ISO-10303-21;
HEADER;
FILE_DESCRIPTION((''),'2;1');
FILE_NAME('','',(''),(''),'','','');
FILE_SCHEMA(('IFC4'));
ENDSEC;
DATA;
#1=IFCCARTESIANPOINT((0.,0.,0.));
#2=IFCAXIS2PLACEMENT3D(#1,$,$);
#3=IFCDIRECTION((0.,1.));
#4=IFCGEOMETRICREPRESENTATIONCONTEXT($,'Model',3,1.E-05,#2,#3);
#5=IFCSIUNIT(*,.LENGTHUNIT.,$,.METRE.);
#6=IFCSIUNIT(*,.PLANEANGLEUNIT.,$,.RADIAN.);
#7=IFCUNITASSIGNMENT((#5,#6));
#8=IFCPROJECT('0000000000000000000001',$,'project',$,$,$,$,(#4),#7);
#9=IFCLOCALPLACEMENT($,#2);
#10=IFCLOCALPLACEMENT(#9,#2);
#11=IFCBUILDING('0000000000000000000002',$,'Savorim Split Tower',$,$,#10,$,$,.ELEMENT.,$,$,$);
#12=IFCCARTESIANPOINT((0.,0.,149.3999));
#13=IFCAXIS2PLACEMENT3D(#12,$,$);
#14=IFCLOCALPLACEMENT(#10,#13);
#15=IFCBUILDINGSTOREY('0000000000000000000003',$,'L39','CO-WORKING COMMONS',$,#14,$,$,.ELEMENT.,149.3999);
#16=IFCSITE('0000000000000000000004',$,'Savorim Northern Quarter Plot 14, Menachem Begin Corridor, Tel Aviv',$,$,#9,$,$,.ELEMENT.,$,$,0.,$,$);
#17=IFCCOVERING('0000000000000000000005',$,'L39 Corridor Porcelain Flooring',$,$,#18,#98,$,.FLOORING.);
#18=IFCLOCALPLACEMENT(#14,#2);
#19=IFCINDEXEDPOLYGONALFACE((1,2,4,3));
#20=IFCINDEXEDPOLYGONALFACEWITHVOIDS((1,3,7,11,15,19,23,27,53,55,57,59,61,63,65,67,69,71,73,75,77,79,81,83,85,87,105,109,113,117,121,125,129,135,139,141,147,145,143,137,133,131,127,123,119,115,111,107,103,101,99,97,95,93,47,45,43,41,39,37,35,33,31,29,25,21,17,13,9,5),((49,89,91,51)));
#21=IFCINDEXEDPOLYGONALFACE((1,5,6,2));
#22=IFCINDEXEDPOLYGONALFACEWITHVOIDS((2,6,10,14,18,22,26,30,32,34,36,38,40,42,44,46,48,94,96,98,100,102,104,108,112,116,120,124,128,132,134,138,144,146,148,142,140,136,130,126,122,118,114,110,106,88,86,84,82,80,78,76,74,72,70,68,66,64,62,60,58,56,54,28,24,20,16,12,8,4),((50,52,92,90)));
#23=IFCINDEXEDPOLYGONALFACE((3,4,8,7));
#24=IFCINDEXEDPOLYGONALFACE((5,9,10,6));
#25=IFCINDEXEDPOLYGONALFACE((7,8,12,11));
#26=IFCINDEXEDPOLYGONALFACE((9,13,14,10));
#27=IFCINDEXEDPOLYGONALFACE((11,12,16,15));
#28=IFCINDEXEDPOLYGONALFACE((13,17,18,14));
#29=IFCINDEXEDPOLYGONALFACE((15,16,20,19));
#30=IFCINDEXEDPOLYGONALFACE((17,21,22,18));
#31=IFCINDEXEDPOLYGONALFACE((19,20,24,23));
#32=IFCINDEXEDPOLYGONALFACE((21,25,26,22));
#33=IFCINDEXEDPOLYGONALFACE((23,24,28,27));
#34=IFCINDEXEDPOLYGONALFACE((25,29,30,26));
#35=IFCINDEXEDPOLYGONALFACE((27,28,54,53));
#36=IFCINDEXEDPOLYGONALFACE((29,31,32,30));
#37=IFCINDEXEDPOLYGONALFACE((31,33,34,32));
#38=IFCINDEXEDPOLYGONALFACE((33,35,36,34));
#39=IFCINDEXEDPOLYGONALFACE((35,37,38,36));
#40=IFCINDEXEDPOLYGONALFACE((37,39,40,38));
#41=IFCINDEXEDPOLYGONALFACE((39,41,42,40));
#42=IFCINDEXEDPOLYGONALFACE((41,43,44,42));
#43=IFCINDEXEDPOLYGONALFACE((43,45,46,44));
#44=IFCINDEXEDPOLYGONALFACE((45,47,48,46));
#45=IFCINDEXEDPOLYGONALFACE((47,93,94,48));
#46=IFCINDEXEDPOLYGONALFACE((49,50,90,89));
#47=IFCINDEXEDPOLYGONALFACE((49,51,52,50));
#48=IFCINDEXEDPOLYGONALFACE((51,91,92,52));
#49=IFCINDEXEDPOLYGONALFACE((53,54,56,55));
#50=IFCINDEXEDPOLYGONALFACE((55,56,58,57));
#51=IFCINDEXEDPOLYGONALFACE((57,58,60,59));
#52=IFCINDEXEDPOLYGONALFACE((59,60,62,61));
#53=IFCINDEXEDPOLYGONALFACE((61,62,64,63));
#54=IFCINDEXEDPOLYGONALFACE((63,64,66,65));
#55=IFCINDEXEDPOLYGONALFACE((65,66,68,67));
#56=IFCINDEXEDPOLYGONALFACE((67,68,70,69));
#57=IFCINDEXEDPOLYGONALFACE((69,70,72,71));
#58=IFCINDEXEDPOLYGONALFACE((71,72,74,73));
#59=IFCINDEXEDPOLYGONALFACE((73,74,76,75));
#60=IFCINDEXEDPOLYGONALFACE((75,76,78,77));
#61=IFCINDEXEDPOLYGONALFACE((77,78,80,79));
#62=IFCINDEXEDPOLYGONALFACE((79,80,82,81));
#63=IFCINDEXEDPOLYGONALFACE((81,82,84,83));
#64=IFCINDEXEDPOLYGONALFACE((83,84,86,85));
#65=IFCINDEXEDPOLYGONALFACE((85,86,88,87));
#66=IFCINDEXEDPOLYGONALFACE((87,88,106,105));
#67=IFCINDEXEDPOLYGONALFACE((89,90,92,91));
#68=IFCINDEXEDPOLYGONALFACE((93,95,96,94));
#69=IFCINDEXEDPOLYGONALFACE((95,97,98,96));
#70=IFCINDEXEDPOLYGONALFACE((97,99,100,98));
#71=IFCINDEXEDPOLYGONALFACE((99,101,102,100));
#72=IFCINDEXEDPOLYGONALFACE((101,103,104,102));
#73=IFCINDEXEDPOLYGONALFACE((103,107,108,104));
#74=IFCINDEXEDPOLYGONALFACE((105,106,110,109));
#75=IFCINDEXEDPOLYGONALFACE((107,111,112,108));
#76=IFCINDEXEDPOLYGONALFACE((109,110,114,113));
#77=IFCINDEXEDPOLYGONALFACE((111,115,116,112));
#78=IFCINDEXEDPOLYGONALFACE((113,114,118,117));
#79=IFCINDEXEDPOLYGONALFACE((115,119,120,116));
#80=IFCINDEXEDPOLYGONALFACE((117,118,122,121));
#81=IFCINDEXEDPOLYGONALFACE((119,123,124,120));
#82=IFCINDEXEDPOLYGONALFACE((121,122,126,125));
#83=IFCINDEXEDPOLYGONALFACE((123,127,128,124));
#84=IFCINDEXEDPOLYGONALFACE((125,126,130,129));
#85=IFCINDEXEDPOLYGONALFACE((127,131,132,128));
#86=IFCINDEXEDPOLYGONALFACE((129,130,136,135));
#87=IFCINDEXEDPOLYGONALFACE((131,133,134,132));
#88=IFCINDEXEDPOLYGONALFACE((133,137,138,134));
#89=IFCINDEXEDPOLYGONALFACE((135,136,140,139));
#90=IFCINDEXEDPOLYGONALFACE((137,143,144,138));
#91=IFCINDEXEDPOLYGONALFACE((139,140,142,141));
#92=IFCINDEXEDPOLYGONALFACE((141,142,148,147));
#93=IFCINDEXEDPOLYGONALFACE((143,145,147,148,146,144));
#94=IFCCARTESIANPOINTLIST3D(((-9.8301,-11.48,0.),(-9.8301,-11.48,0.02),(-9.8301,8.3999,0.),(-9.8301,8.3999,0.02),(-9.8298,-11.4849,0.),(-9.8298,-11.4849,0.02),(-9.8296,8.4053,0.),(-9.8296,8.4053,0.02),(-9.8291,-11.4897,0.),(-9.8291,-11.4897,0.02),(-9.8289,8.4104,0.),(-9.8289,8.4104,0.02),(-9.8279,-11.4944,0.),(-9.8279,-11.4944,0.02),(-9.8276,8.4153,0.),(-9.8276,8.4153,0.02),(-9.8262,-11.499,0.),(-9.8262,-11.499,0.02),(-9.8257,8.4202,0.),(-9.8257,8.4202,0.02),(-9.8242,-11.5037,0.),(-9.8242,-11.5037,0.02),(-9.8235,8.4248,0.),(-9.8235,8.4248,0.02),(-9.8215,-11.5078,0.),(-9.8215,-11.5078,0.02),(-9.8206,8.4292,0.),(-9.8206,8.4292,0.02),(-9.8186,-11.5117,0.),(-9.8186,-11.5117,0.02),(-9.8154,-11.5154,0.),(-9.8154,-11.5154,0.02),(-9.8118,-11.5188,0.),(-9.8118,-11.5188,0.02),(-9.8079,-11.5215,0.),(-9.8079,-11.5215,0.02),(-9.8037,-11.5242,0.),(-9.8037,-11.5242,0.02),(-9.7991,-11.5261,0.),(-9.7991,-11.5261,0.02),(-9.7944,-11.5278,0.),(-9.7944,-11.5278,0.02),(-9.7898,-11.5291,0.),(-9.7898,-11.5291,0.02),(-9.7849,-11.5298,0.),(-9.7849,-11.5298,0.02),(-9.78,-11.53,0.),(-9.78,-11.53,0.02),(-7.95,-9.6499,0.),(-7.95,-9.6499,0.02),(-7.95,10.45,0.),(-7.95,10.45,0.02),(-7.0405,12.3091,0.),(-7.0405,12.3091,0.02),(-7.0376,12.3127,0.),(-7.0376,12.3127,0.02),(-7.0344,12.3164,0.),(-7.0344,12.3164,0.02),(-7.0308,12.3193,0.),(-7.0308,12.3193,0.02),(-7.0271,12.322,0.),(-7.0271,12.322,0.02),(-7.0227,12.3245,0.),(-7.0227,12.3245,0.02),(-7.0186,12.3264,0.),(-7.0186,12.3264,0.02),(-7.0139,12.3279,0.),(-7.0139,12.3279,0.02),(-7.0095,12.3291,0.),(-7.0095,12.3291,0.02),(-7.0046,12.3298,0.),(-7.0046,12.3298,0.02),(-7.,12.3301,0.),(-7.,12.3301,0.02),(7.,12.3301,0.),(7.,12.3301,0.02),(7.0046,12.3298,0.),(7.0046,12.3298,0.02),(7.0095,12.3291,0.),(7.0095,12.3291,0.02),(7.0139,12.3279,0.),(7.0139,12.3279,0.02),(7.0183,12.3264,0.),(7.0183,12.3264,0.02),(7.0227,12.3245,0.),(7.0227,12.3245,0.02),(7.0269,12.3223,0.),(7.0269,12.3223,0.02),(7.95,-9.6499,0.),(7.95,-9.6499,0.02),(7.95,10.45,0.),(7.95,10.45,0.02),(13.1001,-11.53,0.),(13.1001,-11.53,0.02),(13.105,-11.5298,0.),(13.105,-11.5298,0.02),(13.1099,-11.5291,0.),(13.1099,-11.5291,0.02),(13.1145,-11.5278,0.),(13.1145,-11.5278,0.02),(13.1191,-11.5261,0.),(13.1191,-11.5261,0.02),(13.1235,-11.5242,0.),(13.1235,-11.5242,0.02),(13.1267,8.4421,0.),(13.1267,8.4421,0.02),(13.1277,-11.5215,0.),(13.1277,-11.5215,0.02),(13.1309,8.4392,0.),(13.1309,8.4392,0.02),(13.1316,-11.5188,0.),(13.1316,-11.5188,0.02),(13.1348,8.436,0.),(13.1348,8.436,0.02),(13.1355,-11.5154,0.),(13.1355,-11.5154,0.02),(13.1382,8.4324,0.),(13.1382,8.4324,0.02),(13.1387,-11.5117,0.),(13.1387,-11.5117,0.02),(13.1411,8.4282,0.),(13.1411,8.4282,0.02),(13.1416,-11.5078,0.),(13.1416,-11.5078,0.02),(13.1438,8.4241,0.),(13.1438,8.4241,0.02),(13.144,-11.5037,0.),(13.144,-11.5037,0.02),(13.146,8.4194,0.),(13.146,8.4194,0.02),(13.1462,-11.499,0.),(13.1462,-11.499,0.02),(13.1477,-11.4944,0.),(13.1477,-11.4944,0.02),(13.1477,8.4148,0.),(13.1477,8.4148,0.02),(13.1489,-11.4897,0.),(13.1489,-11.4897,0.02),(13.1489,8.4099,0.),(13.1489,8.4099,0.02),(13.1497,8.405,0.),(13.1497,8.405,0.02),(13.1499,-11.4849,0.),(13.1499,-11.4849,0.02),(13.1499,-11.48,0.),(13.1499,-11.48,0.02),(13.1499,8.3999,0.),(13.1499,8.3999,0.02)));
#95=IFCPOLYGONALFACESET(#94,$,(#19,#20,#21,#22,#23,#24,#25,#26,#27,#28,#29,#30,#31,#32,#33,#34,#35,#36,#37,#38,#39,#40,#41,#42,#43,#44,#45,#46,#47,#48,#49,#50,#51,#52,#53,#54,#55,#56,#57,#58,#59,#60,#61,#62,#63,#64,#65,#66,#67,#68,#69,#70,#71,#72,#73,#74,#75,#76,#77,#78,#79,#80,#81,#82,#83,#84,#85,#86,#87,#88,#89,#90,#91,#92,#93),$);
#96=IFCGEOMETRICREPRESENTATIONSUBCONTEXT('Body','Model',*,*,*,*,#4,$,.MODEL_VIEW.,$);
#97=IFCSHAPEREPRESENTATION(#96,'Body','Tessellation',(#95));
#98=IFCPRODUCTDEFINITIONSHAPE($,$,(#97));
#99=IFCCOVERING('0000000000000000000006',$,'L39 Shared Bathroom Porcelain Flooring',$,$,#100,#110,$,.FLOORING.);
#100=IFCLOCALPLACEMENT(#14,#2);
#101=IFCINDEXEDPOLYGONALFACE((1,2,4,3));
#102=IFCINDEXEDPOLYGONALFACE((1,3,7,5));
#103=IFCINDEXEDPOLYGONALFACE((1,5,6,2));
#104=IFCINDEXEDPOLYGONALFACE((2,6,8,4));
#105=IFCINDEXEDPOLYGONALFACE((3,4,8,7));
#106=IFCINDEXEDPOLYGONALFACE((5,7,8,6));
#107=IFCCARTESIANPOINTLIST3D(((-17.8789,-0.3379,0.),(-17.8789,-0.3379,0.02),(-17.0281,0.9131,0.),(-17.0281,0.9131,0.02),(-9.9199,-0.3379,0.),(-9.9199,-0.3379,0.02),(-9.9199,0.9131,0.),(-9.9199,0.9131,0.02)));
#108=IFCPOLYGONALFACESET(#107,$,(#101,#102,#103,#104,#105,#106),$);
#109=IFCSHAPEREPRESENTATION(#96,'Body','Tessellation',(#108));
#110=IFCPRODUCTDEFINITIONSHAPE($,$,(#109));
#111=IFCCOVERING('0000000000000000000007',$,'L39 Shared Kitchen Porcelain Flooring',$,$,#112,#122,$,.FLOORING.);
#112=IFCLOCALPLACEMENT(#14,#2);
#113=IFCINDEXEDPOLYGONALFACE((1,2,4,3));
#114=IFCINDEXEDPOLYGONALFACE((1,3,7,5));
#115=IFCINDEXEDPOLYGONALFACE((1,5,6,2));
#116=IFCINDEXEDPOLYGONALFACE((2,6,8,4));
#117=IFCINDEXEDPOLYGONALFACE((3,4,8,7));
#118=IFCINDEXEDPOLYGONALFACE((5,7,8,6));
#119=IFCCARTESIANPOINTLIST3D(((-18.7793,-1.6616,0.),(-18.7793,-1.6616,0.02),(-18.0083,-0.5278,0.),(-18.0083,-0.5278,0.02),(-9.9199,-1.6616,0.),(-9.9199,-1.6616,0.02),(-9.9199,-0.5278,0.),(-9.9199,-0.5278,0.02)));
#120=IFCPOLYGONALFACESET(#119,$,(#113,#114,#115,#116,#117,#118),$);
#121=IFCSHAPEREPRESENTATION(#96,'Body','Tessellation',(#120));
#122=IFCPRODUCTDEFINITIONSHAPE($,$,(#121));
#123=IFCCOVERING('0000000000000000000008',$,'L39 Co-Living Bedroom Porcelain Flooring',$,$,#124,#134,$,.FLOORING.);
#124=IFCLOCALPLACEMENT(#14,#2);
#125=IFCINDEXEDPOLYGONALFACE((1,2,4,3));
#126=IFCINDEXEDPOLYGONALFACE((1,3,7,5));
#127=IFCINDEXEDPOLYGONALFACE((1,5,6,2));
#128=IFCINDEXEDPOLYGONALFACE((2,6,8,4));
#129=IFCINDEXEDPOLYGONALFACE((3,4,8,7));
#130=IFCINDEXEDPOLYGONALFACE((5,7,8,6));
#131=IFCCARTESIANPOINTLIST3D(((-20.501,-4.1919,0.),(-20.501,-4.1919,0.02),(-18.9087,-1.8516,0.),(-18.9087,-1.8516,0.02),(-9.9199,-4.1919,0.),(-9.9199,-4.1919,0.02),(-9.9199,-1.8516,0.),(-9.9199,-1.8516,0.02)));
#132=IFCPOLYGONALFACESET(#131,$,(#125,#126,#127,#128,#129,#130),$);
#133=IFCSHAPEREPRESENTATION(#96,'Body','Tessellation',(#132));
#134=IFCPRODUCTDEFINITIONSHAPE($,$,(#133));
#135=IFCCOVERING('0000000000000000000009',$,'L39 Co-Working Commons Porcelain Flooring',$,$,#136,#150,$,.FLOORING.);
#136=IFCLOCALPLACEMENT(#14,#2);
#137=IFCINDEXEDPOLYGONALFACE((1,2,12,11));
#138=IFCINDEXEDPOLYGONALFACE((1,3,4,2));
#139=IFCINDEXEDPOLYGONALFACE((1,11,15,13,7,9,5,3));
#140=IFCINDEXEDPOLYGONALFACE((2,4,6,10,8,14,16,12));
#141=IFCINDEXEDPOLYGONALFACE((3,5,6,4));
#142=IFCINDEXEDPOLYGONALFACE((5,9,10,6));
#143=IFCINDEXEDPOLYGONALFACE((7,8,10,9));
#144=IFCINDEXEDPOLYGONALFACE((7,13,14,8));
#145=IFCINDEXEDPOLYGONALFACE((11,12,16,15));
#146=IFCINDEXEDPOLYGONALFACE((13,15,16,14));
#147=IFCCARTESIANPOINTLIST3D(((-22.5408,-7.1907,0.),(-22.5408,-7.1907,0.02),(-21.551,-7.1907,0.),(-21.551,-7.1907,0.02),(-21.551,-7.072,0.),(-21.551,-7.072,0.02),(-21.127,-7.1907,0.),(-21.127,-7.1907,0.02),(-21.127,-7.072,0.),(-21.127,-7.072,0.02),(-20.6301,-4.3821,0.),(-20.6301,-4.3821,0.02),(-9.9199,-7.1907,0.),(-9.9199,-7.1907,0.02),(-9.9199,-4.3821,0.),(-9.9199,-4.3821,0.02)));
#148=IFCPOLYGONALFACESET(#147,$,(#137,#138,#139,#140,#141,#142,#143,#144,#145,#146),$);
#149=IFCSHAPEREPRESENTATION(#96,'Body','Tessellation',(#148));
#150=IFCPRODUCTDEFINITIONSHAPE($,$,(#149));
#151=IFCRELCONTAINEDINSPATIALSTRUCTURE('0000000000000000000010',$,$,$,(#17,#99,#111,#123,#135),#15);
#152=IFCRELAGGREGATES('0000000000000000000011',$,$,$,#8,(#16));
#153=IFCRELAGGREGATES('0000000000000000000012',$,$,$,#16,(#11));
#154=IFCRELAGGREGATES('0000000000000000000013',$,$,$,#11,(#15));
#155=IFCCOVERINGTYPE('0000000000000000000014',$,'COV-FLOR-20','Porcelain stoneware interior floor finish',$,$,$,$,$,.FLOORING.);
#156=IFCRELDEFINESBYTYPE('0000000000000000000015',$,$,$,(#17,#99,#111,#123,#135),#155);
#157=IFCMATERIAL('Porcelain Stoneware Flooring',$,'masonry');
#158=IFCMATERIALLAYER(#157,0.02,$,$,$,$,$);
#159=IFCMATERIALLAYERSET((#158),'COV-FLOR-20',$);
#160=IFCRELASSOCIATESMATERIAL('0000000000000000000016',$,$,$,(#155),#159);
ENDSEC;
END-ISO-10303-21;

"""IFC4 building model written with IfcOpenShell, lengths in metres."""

from ifc_helpers import new_model, si_unit, direction, frame, origin, place, context, subcontext, project, spatial, polyline, outline, extrude, material, layer, layer_set, type_object, element, save


model = new_model("IFC4")

# Units and contexts
model_context = context("Model", 3, precision=1e-05, world=origin(), true_north=direction((0.0, 1.0)))
body_context = subcontext(model_context, "Body", "Model", "MODEL_VIEW")
ifc_project = project(units=[si_unit("LENGTHUNIT", "METRE"), si_unit("PLANEANGLEUNIT", "RADIAN")], contexts=[model_context])

# Site, building, storey
site_placement = place(None, origin())
site = spatial("IfcSite", under=ifc_project, at=site_placement, Name="Savorim Northern Quarter Plot 14, Menachem Begin Corridor, Tel Aviv", CompositionType="ELEMENT", RefElevation=0.0)
building_placement = place(site_placement, origin())
building = spatial("IfcBuilding", under=site, at=building_placement, Name="Savorim Split Tower", CompositionType="ELEMENT")
storey_placement = place(building_placement, frame((0.0, 0.0, 149.3999)))
storey = spatial("IfcBuildingStorey", under=building, at=storey_placement, Name="L39", Description="CO-WORKING COMMONS", CompositionType="ELEMENT", Elevation=149.3999)

# Coverings
ifc_material_1 = material(Name="Porcelain Stoneware Flooring", Category="masonry")
ifc_layer_1 = layer(ifc_material_1, 0.02)
ifc_layer_set_1 = layer_set([ifc_layer_1], Name="COV-FLOR-20")
covering_type_1 = type_object("IfcCoveringType", Name="COV-FLOR-20", Description="Porcelain stoneware interior floor finish", PredefinedType="FLOORING", material=ifc_layer_set_1)
covering_1_placement = place(storey_placement, origin())
element("IfcCovering", 1, at=covering_1_placement, inside=storey, type_object=covering_type_1, Name="L39 Corridor Porcelain Flooring", PredefinedType="FLOORING", context=body_context, shape_type="SweptSolid", body=[
    extrude(outline(polyline([(7.0095, 12.3291), (7.0046, 12.3298), (7.0, 12.3301), (-7.0, 12.3301), (-7.0046, 12.3298), (-7.0095, 12.3291), (-7.0139, 12.3279), (-7.0186, 12.3264), (-7.0227, 12.3245), (-7.0271, 12.322), (-7.0308, 12.3193), (-7.0344, 12.3164), (-7.0376, 12.3127), (-7.0405, 12.3091), (-9.8206, 8.4292), (-9.8235, 8.4248), (-9.8257, 8.4202), (-9.8276, 8.4153), (-9.8289, 8.4104), (-9.8296, 8.4053), (-9.8301, 8.3999), (-9.8301, -11.48), (-9.8298, -11.4849), (-9.8291, -11.4897), (-9.8279, -11.4944), (-9.8262, -11.499), (-9.8242, -11.5037), (-9.8215, -11.5078), (-9.8186, -11.5117), (-9.8154, -11.5154), (-9.8118, -11.5188), (-9.8079, -11.5215), (-9.8037, -11.5242), (-9.7991, -11.5261), (-9.7944, -11.5278), (-9.7898, -11.5291), (-9.7849, -11.5298), (-9.78, -11.53), (13.1001, -11.53), (13.105, -11.5298), (13.1099, -11.5291), (13.1145, -11.5278), (13.1191, -11.5261), (13.1235, -11.5242), (13.1277, -11.5215), (13.1316, -11.5188), (13.1355, -11.5154), (13.1387, -11.5117), (13.1416, -11.5078), (13.144, -11.5037), (13.1462, -11.499), (13.1477, -11.4944), (13.1489, -11.4897), (13.1499, -11.4849), (13.1499, -11.48), (13.1499, 8.3999), (13.1497, 8.405), (13.1489, 8.4099), (13.1477, 8.4148), (13.146, 8.4194), (13.1438, 8.4241), (13.1411, 8.4282), (13.1382, 8.4324), (13.1348, 8.436), (13.1309, 8.4392), (13.1267, 8.4421), (7.0269, 12.3223), (7.0227, 12.3245), (7.0183, 12.3264), (7.0139, 12.3279), (7.0095, 12.3291)]), holes=[polyline([(-7.95, 10.45), (-7.95, -9.6499), (7.95, -9.6499), (7.95, 10.45), (-7.95, 10.45)])]), origin(), (0.0, 0.0, 1.0), 0.02),
])
covering_2_placement = place(storey_placement, origin())
element("IfcCovering", 2, at=covering_2_placement, inside=storey, type_object=covering_type_1, Name="L39 Shared Bathroom Porcelain Flooring", PredefinedType="FLOORING", context=body_context, shape_type="SweptSolid", body=[
    extrude(outline(polyline([(-17.0281, 0.9131), (-17.8789, -0.3379), (-9.9199, -0.3379), (-9.9199, 0.9131), (-17.0281, 0.9131)])), origin(), (0.0, 0.0, 1.0), 0.02),
])
covering_3_placement = place(storey_placement, origin())
element("IfcCovering", 3, at=covering_3_placement, inside=storey, type_object=covering_type_1, Name="L39 Shared Kitchen Porcelain Flooring", PredefinedType="FLOORING", context=body_context, shape_type="SweptSolid", body=[
    extrude(outline(polyline([(-18.0083, -0.5278), (-18.7793, -1.6616), (-9.9199, -1.6616), (-9.9199, -0.5278), (-18.0083, -0.5278)])), origin(), (0.0, 0.0, 1.0), 0.02),
])
covering_4_placement = place(storey_placement, origin())
element("IfcCovering", 4, at=covering_4_placement, inside=storey, type_object=covering_type_1, Name="L39 Co-Living Bedroom Porcelain Flooring", PredefinedType="FLOORING", context=body_context, shape_type="SweptSolid", body=[
    extrude(outline(polyline([(-18.9087, -1.8516), (-20.501, -4.1919), (-9.9199, -4.1919), (-9.9199, -1.8516), (-18.9087, -1.8516)])), origin(), (0.0, 0.0, 1.0), 0.02),
])
covering_5_placement = place(storey_placement, origin())
element("IfcCovering", 5, at=covering_5_placement, inside=storey, type_object=covering_type_1, Name="L39 Co-Working Commons Porcelain Flooring", PredefinedType="FLOORING", context=body_context, shape_type="SweptSolid", body=[
    extrude(outline(polyline([(-21.127, -7.072), (-21.127, -7.1907), (-9.9199, -7.1907), (-9.9199, -4.3821), (-20.6301, -4.3821), (-22.5408, -7.1907), (-21.551, -7.1907), (-21.551, -7.072), (-21.127, -7.072)])), origin(), (0.0, 0.0, 1.0), 0.02),
])

save(model, "model.ifc")
